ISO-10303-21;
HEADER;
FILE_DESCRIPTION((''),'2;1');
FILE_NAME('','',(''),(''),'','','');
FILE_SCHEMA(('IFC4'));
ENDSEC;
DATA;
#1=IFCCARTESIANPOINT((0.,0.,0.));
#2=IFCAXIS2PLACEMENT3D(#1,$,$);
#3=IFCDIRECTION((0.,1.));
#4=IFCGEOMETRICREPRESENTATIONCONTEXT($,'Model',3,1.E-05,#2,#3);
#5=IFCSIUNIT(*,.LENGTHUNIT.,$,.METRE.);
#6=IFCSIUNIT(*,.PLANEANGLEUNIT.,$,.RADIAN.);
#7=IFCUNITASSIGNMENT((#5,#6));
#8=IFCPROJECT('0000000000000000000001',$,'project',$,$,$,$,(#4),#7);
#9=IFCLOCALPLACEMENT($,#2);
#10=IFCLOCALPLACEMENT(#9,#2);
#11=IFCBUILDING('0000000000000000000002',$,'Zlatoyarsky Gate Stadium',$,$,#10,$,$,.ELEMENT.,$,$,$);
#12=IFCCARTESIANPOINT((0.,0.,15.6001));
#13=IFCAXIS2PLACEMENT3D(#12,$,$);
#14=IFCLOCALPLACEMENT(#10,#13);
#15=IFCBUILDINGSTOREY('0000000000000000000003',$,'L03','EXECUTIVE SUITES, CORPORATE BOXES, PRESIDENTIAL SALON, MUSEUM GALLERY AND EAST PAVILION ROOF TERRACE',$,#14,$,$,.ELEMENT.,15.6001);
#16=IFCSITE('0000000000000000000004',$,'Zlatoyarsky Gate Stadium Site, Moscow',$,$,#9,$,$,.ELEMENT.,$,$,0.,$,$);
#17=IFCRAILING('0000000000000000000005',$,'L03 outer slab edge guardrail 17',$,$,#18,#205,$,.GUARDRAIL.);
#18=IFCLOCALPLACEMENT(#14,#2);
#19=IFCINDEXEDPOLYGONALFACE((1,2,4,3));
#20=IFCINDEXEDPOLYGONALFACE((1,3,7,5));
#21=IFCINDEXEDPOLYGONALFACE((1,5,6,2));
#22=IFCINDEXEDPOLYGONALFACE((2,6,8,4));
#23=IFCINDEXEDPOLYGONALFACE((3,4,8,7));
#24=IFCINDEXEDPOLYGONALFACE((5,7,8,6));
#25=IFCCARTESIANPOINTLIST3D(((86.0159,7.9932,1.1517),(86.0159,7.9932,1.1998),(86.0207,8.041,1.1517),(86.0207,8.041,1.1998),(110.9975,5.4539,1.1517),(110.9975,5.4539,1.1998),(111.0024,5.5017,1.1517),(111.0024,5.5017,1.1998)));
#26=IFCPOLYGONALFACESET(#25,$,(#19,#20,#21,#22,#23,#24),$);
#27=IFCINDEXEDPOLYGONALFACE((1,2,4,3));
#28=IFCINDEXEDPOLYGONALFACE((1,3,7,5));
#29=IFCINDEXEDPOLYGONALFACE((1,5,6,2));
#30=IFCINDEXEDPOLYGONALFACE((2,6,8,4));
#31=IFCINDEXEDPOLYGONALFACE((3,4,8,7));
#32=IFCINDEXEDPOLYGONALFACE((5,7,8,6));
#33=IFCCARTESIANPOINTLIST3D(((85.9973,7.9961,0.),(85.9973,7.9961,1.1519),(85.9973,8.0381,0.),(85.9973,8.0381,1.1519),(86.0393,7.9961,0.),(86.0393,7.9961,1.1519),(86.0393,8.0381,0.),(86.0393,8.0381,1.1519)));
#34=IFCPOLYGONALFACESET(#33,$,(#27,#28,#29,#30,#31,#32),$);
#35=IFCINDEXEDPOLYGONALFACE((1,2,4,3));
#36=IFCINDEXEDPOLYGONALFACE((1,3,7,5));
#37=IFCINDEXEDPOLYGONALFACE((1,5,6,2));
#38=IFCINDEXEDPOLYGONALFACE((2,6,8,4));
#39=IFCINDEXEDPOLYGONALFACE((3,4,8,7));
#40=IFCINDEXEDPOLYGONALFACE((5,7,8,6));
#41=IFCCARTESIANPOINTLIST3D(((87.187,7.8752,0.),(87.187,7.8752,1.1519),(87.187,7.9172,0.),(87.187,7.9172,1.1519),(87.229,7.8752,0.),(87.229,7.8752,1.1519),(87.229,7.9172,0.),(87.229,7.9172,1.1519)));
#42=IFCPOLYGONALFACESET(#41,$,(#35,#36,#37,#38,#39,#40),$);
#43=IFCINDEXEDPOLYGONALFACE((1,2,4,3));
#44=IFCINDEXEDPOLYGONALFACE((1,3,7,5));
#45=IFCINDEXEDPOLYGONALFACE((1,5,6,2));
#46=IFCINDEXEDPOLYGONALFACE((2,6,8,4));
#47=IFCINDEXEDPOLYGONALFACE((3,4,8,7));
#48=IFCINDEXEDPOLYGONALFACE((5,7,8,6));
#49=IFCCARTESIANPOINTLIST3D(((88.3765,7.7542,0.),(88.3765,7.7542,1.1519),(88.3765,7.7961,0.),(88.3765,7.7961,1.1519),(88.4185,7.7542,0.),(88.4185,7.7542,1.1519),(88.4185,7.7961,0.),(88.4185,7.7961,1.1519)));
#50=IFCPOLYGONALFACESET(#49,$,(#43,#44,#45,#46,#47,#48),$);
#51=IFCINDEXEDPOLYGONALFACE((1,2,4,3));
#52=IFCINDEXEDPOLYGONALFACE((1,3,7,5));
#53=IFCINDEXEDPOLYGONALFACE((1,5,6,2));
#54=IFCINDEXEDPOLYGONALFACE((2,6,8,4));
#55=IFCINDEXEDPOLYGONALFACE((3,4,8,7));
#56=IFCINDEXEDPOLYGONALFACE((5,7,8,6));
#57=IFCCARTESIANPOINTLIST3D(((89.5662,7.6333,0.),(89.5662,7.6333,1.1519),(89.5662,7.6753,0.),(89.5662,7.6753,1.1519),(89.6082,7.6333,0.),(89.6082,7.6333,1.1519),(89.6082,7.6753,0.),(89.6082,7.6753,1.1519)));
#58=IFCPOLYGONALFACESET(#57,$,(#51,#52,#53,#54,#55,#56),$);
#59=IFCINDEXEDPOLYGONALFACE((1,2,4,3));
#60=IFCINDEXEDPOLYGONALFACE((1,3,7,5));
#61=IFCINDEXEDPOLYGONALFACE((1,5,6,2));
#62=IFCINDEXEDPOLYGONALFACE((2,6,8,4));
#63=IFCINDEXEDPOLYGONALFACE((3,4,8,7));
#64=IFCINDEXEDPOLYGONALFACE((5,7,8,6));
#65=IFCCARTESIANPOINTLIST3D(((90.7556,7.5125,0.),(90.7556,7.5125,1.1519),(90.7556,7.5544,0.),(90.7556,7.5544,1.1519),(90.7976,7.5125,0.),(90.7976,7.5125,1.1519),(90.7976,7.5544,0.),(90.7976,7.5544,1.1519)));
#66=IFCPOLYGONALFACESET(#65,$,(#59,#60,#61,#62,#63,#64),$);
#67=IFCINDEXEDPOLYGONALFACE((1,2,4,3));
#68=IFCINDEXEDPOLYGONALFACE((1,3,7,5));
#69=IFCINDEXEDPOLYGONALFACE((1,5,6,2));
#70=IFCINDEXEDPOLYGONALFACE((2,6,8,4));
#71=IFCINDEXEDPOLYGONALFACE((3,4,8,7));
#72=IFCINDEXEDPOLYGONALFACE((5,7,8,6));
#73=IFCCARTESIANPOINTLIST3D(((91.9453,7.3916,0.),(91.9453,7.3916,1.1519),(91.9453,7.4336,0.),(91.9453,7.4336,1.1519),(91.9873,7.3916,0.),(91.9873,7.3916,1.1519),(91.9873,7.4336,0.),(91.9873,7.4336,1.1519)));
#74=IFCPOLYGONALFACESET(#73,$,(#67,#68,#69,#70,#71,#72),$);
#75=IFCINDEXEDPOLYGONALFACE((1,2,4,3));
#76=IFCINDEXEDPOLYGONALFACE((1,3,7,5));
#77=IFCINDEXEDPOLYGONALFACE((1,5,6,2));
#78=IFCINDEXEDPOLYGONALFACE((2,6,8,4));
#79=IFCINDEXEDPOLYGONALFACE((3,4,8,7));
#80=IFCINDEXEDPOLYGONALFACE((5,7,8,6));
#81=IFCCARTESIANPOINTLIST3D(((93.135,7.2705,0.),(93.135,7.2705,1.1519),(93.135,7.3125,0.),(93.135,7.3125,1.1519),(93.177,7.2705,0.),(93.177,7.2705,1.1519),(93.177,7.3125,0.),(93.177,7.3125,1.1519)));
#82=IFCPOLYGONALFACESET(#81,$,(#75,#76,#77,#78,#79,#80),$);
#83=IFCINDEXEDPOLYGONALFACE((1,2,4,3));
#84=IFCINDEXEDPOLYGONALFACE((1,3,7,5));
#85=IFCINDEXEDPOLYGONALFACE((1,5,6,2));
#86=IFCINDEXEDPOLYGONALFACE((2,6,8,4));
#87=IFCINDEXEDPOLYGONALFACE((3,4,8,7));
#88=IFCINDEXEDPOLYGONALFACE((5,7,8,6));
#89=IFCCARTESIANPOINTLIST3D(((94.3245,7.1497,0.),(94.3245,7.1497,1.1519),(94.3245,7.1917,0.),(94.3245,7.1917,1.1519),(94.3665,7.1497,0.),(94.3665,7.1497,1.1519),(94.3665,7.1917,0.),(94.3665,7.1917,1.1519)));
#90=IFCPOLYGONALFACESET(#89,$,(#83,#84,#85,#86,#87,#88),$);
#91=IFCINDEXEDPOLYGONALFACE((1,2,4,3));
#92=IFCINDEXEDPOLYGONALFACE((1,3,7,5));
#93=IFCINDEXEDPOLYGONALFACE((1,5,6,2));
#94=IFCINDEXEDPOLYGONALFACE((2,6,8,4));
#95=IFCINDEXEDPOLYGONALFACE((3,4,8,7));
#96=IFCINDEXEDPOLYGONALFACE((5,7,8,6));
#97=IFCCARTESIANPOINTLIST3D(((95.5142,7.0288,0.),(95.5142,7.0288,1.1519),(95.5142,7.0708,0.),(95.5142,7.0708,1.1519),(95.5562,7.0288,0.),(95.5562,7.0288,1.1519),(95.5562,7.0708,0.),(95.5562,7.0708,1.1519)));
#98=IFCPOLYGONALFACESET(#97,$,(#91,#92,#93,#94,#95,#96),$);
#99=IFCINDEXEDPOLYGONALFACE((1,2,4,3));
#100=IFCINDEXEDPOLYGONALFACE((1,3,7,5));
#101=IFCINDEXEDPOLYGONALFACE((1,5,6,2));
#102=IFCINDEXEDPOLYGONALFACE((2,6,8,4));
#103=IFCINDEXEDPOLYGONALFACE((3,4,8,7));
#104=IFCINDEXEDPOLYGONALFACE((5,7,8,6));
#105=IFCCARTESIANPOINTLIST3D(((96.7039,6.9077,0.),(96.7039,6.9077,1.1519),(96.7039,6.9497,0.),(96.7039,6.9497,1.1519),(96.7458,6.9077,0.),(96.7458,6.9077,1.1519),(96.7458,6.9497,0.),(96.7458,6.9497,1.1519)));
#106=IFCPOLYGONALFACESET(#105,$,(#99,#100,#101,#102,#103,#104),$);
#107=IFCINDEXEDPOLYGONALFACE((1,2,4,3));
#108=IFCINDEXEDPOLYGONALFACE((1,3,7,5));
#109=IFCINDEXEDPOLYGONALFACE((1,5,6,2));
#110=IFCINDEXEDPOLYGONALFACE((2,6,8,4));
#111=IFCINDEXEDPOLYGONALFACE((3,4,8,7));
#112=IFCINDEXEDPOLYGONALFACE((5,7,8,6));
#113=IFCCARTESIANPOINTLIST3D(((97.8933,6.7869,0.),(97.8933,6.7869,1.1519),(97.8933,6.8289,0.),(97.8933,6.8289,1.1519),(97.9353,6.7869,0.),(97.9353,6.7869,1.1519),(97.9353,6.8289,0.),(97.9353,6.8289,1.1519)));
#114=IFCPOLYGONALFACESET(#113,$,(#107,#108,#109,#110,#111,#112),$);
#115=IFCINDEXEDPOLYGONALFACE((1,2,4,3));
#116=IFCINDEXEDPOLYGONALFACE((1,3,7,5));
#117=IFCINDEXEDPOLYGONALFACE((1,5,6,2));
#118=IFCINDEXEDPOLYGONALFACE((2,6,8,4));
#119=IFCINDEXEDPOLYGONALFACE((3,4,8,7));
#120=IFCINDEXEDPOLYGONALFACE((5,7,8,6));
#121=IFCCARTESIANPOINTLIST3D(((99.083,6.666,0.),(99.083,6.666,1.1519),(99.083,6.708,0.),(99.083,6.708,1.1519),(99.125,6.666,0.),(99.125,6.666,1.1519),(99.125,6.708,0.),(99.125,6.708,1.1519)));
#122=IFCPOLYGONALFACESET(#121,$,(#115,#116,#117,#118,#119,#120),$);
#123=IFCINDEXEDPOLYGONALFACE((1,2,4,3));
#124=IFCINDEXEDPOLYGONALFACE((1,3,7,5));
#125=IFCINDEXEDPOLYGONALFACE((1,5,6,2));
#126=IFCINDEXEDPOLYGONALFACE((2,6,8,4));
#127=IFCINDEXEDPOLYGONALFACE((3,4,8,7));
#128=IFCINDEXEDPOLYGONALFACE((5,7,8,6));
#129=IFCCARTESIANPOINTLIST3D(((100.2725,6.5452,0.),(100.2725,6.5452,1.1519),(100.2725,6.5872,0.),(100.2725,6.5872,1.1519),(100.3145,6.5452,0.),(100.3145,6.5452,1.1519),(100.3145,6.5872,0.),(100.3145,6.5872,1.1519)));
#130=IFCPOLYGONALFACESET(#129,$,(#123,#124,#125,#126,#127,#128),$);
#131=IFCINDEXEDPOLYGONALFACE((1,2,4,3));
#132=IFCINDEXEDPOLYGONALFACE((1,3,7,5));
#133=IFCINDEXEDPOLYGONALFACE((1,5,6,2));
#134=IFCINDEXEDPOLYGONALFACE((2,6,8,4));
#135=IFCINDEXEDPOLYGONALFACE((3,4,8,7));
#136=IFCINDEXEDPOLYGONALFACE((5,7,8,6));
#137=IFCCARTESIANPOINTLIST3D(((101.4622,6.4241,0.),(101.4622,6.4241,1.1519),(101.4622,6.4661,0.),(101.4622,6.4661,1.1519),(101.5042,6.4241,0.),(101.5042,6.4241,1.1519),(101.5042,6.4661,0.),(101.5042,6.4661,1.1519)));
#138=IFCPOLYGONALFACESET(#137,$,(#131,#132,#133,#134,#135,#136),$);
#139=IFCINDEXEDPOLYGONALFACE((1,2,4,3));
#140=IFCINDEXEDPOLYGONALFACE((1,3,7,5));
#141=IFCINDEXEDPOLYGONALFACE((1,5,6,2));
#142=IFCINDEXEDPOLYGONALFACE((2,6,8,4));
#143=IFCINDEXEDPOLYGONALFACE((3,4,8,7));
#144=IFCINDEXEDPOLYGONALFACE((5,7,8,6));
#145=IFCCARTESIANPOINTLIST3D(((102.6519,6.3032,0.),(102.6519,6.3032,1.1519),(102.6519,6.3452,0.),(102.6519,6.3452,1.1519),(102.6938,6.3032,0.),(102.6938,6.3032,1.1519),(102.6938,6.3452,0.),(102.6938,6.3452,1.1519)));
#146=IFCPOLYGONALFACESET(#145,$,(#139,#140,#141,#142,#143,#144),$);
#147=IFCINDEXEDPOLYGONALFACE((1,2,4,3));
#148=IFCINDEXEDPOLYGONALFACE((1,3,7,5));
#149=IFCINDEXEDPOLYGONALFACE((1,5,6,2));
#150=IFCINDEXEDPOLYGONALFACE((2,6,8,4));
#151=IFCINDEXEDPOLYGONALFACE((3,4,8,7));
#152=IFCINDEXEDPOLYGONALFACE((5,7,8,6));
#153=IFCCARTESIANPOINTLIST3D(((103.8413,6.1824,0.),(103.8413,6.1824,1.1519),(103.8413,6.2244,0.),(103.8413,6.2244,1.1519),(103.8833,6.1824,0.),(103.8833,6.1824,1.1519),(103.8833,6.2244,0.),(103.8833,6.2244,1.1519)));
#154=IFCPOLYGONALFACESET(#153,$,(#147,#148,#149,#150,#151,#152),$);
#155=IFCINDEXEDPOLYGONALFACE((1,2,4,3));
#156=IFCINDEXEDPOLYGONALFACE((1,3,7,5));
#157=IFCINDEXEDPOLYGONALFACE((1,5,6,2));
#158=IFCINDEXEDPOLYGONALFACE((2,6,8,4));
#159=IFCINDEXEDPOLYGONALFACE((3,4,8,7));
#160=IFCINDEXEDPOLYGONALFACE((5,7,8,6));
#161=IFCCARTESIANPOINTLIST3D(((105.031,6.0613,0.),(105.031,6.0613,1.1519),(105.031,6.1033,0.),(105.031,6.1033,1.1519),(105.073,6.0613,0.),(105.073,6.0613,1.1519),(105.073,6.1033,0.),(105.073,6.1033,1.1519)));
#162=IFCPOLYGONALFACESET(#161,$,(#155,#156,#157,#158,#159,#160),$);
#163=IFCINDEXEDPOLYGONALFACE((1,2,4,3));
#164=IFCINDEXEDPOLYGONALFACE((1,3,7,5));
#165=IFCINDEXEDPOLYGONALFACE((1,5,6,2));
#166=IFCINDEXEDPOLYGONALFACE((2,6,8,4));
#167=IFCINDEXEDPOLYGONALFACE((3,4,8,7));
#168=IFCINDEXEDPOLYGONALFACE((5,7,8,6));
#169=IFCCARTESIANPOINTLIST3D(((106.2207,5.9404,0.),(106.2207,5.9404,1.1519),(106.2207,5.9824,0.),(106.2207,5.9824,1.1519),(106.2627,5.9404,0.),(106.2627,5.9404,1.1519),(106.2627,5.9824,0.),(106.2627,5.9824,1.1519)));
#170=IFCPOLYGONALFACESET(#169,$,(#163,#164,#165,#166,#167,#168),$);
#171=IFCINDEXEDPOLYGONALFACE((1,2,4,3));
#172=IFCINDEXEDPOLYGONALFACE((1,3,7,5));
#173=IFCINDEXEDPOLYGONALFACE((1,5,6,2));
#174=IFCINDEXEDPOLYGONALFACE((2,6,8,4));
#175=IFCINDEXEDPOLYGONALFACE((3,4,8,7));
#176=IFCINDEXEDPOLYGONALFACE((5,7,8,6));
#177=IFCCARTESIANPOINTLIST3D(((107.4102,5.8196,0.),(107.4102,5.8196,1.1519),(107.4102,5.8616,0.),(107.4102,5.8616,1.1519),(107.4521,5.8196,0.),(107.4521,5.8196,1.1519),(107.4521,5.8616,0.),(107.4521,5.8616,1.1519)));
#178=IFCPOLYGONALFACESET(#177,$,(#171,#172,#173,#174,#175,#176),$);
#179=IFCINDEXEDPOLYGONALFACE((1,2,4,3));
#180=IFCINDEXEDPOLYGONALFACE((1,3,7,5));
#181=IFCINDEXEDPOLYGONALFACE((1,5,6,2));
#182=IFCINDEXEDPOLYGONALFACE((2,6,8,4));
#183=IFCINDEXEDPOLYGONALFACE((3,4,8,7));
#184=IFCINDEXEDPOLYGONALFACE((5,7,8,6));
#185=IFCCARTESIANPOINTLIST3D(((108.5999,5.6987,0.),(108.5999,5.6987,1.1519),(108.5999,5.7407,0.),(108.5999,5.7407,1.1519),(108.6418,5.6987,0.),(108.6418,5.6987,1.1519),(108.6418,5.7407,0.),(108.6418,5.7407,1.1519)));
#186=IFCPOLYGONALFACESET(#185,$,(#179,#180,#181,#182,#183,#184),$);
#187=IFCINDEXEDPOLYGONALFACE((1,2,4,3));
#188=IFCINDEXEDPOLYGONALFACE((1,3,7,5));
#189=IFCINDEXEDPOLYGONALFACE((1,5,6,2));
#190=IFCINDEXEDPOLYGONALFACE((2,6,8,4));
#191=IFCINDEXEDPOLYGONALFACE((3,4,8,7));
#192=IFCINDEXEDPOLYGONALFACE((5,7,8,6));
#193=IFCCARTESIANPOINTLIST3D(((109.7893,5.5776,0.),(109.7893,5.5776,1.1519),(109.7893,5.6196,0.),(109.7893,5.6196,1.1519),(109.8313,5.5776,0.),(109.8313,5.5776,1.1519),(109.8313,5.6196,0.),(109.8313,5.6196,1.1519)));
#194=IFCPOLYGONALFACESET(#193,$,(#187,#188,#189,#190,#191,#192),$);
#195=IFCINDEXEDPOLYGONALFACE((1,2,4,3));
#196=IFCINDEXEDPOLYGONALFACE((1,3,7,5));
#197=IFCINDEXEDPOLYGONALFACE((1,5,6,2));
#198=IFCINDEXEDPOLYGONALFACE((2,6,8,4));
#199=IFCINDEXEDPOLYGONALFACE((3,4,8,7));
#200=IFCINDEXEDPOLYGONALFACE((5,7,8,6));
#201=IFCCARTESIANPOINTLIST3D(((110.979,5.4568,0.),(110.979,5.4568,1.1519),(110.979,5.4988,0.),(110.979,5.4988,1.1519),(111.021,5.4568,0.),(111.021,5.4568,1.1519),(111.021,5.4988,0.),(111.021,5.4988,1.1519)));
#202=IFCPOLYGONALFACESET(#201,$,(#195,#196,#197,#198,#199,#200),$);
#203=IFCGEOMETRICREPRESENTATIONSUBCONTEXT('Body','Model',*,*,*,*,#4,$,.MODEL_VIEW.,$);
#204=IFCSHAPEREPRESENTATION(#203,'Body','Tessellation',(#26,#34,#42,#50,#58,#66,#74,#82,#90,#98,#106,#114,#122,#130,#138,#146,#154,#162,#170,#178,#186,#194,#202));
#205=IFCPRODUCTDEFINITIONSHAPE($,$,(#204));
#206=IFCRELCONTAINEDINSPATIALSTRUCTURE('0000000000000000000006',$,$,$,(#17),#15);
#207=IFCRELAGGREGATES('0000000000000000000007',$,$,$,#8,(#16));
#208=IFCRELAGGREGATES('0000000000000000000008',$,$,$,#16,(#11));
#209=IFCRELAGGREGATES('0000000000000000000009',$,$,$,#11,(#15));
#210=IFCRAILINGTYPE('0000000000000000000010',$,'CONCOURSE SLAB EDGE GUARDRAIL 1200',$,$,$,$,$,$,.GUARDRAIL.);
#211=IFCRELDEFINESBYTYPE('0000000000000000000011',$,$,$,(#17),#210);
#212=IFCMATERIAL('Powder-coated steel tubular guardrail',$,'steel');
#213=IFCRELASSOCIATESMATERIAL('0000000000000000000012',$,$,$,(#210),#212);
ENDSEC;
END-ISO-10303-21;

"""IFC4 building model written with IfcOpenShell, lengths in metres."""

from ifc_helpers import new_model, si_unit, direction, frame, origin, origin_2d, place, context, subcontext, project, spatial, rectangle, extrude, material, type_object, element, save


model = new_model("IFC4")

# Units and contexts
model_context = context("Model", 3, precision=1e-05, world=origin(), true_north=direction((0.0, 1.0)))
body_context = subcontext(model_context, "Body", "Model", "MODEL_VIEW")
ifc_project = project(units=[si_unit("LENGTHUNIT", "METRE"), si_unit("PLANEANGLEUNIT", "RADIAN")], contexts=[model_context])

# Site, building, storey
site_placement = place(None, origin())
site = spatial("IfcSite", under=ifc_project, at=site_placement, Name="Zlatoyarsky Gate Stadium Site, Moscow", CompositionType="ELEMENT", RefElevation=0.0)
building_placement = place(site_placement, origin())
building = spatial("IfcBuilding", under=site, at=building_placement, Name="Zlatoyarsky Gate Stadium", CompositionType="ELEMENT")
storey_placement = place(building_placement, frame((0.0, 0.0, 15.6001)))
storey = spatial("IfcBuildingStorey", under=building, at=storey_placement, Name="L03", Description="EXECUTIVE SUITES, CORPORATE BOXES, PRESIDENTIAL SALON, MUSEUM GALLERY AND EAST PAVILION ROOF TERRACE", CompositionType="ELEMENT", Elevation=15.6001)

# Railing
ifc_material_1 = material(Name="Powder-coated steel tubular guardrail", Category="steel")
railing_type = type_object("IfcRailingType", Name="CONCOURSE SLAB EDGE GUARDRAIL 1200", PredefinedType="GUARDRAIL", material=ifc_material_1)
railing_placement = place(storey_placement, frame((86.0183, 8.0171, 0.0)))
element("IfcRailing", 1, at=railing_placement, inside=storey, type_object=railing_type, Name="L03 outer slab edge guardrail 17", PredefinedType="GUARDRAIL", context=body_context, shape_type="SweptSolid", body=[
    extrude(rectangle(XDim=0.0481, YDim=0.0481, at=origin_2d()), frame((0.0, 0.0, 1.1758), z_axis=(0.994874, -0.101126, 0.0), x_axis=(0.101126, 0.994874, 0.0)), (0.0, 0.0, 1.0), 25.1104),
    extrude(rectangle(XDim=0.042, YDim=0.042, at=origin_2d()), origin(), (0.0, 0.0, 1.0), 1.1519),
    extrude(rectangle(XDim=0.042, YDim=0.042, at=origin_2d()), frame((1.1897, -0.1208, 0.0)), (0.0, 0.0, 1.0), 1.1519),
    extrude(rectangle(XDim=0.042, YDim=0.042, at=origin_2d()), frame((2.3792, -0.2419, 0.0)), (0.0, 0.0, 1.0), 1.1519),
    extrude(rectangle(XDim=0.042, YDim=0.042, at=origin_2d()), frame((3.5688, -0.3628, 0.0)), (0.0, 0.0, 1.0), 1.1519),
    extrude(rectangle(XDim=0.042, YDim=0.042, at=origin_2d()), frame((4.7583, -0.4836, 0.0)), (0.0, 0.0, 1.0), 1.1519),
    extrude(rectangle(XDim=0.042, YDim=0.042, at=origin_2d()), frame((5.948, -0.6045, 0.0)), (0.0, 0.0, 1.0), 1.1519),
    extrude(rectangle(XDim=0.042, YDim=0.042, at=origin_2d()), frame((7.1377, -0.7256, 0.0)), (0.0, 0.0, 1.0), 1.1519),
    extrude(rectangle(XDim=0.042, YDim=0.042, at=origin_2d()), frame((8.3271, -0.8464, 0.0)), (0.0, 0.0, 1.0), 1.1519),
    extrude(rectangle(XDim=0.042, YDim=0.042, at=origin_2d()), frame((9.5168, -0.9673, 0.0)), (0.0, 0.0, 1.0), 1.1519),
    extrude(rectangle(XDim=0.042, YDim=0.042, at=origin_2d()), frame((10.7065, -1.0884, 0.0)), (0.0, 0.0, 1.0), 1.1519),
    extrude(rectangle(XDim=0.042, YDim=0.042, at=origin_2d()), frame((11.896, -1.2092, 0.0)), (0.0, 0.0, 1.0), 1.1519),
    extrude(rectangle(XDim=0.042, YDim=0.042, at=origin_2d()), frame((13.0857, -1.3301, 0.0)), (0.0, 0.0, 1.0), 1.1519),
    extrude(rectangle(XDim=0.042, YDim=0.042, at=origin_2d()), frame((14.2751, -1.4509, 0.0)), (0.0, 0.0, 1.0), 1.1519),
    extrude(rectangle(XDim=0.042, YDim=0.042, at=origin_2d()), frame((15.4648, -1.572, 0.0)), (0.0, 0.0, 1.0), 1.1519),
    extrude(rectangle(XDim=0.042, YDim=0.042, at=origin_2d()), frame((16.6545, -1.6929, 0.0)), (0.0, 0.0, 1.0), 1.1519),
    extrude(rectangle(XDim=0.042, YDim=0.042, at=origin_2d()), frame((17.844, -1.8137, 0.0)), (0.0, 0.0, 1.0), 1.1519),
    extrude(rectangle(XDim=0.042, YDim=0.042, at=origin_2d()), frame((19.0337, -1.9348, 0.0)), (0.0, 0.0, 1.0), 1.1519),
    extrude(rectangle(XDim=0.042, YDim=0.042, at=origin_2d()), frame((20.2234, -2.0557, 0.0)), (0.0, 0.0, 1.0), 1.1519),
    extrude(rectangle(XDim=0.042, YDim=0.042, at=origin_2d()), frame((21.4128, -2.1765, 0.0)), (0.0, 0.0, 1.0), 1.1519),
    extrude(rectangle(XDim=0.042, YDim=0.042, at=origin_2d()), frame((22.6025, -2.2974, 0.0)), (0.0, 0.0, 1.0), 1.1519),
    extrude(rectangle(XDim=0.042, YDim=0.042, at=origin_2d()), frame((23.792, -2.4185, 0.0)), (0.0, 0.0, 1.0), 1.1519),
    extrude(rectangle(XDim=0.042, YDim=0.042, at=origin_2d()), frame((24.9817, -2.5393, 0.0)), (0.0, 0.0, 1.0), 1.1519),
])

save(model, "model.ifc")
